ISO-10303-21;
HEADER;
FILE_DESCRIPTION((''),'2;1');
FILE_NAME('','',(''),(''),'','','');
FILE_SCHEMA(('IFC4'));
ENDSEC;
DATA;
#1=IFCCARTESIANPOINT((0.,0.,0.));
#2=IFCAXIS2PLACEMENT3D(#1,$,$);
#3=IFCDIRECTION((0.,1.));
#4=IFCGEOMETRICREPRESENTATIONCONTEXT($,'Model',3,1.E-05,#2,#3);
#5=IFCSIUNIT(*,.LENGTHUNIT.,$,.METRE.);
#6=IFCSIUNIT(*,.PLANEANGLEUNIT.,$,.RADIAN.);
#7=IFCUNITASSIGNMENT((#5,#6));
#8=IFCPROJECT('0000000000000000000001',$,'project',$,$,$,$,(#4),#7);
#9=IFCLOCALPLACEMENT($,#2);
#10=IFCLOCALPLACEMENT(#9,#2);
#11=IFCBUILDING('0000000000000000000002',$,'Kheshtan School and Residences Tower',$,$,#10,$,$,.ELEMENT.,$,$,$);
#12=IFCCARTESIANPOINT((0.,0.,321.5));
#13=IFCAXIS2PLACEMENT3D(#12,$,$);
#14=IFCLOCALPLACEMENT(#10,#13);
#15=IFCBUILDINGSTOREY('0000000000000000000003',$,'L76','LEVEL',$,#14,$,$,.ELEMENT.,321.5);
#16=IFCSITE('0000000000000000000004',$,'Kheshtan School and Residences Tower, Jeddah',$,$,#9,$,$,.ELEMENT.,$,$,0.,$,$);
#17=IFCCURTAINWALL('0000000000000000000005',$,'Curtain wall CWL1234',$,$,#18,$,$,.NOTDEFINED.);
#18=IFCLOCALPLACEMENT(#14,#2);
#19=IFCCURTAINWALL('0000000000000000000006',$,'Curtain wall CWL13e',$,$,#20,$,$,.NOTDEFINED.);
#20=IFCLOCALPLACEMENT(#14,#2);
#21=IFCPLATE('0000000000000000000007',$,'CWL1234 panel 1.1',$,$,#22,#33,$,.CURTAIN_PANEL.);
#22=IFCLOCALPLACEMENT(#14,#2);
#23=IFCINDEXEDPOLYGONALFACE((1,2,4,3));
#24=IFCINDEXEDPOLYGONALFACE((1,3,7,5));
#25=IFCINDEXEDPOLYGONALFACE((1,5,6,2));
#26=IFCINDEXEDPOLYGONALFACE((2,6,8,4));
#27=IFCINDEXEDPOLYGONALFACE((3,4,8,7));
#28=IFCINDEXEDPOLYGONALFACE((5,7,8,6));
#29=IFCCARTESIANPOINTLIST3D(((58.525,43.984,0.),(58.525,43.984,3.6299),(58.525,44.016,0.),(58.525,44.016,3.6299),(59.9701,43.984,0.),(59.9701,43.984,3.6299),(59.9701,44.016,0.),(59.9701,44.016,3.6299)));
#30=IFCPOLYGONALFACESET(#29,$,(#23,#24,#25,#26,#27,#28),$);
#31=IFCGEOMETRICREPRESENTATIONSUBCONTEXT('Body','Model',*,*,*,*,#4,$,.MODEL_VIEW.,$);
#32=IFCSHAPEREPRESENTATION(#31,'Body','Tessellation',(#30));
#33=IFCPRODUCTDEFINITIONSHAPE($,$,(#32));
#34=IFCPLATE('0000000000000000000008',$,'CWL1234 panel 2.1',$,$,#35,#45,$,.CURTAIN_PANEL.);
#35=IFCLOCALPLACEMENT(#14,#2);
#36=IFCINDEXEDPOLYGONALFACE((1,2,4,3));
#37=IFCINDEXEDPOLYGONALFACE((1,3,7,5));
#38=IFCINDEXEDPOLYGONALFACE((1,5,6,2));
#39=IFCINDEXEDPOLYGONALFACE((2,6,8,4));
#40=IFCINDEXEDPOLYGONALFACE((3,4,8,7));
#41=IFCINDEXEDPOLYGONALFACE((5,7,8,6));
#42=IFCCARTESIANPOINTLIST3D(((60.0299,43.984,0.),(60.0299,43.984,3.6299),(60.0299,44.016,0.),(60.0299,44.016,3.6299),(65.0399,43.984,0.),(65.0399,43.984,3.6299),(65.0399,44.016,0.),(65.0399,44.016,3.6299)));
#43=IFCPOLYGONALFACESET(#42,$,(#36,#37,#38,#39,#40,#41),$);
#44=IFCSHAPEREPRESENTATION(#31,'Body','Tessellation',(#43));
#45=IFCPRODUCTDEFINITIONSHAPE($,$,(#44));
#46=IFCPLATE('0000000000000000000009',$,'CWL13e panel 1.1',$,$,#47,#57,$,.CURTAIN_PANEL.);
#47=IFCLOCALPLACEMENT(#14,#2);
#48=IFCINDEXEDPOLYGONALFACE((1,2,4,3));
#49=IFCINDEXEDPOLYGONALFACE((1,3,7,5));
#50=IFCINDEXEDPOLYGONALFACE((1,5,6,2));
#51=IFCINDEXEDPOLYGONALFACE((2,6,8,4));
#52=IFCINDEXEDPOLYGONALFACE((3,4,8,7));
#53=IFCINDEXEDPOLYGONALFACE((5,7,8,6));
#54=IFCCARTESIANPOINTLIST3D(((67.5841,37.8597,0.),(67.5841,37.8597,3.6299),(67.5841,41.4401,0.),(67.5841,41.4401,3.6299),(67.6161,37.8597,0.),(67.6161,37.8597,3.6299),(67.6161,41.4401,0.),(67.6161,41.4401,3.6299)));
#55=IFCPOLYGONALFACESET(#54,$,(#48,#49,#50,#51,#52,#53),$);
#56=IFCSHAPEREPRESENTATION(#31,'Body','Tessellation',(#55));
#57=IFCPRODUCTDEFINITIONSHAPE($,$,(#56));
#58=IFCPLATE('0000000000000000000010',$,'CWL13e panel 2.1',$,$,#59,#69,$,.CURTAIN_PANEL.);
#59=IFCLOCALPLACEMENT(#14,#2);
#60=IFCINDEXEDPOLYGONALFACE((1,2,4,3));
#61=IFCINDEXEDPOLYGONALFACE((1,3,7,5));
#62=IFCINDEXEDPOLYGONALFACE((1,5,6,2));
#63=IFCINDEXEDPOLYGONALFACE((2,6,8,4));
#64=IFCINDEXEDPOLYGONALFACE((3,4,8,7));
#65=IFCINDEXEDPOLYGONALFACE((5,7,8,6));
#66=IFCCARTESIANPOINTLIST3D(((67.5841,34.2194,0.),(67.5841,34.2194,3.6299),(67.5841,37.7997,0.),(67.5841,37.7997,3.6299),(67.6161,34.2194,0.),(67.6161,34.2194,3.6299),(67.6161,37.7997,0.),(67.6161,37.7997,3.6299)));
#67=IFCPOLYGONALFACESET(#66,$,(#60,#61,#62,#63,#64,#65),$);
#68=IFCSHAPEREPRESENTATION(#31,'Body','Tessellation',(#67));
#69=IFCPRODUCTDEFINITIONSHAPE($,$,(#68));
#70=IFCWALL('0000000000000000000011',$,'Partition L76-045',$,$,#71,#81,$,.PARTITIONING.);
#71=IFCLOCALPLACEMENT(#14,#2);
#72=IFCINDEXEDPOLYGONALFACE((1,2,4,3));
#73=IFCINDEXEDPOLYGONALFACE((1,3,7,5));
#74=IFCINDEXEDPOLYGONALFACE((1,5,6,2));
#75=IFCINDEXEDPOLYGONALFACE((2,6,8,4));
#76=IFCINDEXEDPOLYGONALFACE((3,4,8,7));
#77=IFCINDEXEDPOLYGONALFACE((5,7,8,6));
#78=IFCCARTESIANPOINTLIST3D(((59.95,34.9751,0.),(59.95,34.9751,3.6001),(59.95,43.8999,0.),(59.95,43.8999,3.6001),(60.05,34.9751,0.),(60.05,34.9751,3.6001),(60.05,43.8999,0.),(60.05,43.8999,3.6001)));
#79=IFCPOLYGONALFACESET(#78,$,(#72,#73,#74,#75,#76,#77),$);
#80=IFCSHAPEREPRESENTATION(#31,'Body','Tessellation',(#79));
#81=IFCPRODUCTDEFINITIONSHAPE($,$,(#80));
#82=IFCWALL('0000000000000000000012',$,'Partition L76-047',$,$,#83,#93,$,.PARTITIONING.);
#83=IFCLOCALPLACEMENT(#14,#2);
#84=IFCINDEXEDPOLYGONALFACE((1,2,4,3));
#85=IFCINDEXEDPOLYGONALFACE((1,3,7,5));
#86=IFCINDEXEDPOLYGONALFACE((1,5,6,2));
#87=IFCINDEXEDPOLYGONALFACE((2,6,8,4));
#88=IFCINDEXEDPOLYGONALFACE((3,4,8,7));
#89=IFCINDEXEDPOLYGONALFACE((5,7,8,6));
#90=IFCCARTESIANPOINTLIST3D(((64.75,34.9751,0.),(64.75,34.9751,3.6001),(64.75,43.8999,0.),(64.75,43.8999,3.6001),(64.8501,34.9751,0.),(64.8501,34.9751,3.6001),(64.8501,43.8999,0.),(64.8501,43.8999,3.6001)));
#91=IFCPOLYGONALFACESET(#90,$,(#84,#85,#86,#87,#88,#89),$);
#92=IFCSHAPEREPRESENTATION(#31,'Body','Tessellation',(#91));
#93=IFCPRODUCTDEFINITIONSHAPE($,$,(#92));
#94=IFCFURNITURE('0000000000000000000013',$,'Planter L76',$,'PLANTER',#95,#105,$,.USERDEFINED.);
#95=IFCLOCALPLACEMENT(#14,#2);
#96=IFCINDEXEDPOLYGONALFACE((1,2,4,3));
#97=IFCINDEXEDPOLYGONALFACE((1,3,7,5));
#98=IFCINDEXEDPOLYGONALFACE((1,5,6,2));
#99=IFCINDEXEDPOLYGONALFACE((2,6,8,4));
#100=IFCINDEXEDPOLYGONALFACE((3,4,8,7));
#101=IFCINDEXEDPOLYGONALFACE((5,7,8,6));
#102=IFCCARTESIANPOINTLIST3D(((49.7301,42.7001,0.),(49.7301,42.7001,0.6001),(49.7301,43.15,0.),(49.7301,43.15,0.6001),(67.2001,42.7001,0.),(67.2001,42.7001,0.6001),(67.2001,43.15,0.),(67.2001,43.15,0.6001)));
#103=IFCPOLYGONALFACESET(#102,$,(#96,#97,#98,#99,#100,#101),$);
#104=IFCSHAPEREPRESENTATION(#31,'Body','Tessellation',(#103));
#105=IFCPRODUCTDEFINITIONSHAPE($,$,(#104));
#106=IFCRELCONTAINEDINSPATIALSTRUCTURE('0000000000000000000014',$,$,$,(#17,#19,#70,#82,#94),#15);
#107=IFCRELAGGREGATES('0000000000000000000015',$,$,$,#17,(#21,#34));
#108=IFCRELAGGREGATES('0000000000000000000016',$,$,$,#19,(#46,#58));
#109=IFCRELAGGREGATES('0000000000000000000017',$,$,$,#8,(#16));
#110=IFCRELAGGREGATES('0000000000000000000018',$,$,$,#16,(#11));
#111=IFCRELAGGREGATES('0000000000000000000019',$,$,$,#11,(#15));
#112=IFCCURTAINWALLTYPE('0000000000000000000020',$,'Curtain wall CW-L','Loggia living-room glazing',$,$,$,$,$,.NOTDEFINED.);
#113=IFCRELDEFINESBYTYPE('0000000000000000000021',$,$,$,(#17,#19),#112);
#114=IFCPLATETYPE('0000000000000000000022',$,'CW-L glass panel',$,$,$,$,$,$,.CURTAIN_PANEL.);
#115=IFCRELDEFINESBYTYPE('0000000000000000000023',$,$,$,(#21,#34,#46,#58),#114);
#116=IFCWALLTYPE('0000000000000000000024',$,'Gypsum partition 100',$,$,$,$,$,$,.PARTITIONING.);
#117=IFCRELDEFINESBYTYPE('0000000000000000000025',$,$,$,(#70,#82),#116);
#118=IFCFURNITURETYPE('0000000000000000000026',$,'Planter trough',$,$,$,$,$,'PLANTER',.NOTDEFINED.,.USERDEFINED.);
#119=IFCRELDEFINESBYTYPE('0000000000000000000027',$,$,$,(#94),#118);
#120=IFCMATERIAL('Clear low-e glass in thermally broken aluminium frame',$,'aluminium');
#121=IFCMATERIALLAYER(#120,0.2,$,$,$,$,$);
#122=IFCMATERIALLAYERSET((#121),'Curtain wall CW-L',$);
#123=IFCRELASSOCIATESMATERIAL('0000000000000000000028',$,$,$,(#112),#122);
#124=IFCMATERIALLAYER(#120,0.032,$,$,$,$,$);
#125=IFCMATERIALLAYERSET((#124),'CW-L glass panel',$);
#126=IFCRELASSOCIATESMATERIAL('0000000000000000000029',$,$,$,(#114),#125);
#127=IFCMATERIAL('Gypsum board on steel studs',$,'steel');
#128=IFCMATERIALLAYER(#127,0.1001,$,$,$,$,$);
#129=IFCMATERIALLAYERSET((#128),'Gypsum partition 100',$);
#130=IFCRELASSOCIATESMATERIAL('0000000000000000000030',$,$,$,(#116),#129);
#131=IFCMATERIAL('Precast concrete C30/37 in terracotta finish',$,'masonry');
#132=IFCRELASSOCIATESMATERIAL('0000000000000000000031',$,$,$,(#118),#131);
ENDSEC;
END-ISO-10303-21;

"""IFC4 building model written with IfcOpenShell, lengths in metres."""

from ifc_helpers import new_model, si_unit, direction, frame, frame_2d, origin, origin_2d, place, context, subcontext, project, spatial, rectangle, extrude, material, layer, layer_set, type_object, element, aggregate, save


model = new_model("IFC4")

# Units and contexts
model_context = context("Model", 3, precision=1e-05, world=origin(), true_north=direction((0.0, 1.0)))
body_context = subcontext(model_context, "Body", "Model", "MODEL_VIEW")
ifc_project = project(units=[si_unit("LENGTHUNIT", "METRE"), si_unit("PLANEANGLEUNIT", "RADIAN")], contexts=[model_context])

# Site, building, storey
site_placement = place(None, origin())
site = spatial("IfcSite", under=ifc_project, at=site_placement, Name="Kheshtan School and Residences Tower, Jeddah", CompositionType="ELEMENT", RefElevation=0.0)
building_placement = place(site_placement, origin())
building = spatial("IfcBuilding", under=site, at=building_placement, Name="Kheshtan School and Residences Tower", CompositionType="ELEMENT")
storey_placement = place(building_placement, frame((0.0, 0.0, 321.5)))
storey = spatial("IfcBuildingStorey", under=building, at=storey_placement, Name="L76", Description="LEVEL", CompositionType="ELEMENT", Elevation=321.5)

# Curtain walls
ifc_material_1 = material(Name="Clear low-e glass in thermally broken aluminium frame", Category="aluminium")
ifc_layer_1 = layer(ifc_material_1, 0.2)
ifc_layer_set_1 = layer_set([ifc_layer_1], Name="Curtain wall CW-L")
curtain_wall_type = type_object("IfcCurtainWallType", Name="Curtain wall CW-L", Description="Loggia living-room glazing", PredefinedType="NOTDEFINED", material=ifc_layer_set_1)
curtain_wall_1_placement = place(storey_placement, origin())
curtain_wall_1 = element("IfcCurtainWall", 1, at=curtain_wall_1_placement, inside=storey, type_object=curtain_wall_type, Name="Curtain wall CWL1234", PredefinedType="NOTDEFINED")
curtain_wall_2_placement = place(storey_placement, origin())
curtain_wall_2 = element("IfcCurtainWall", 2, at=curtain_wall_2_placement, inside=storey, type_object=curtain_wall_type, Name="Curtain wall CWL13e", PredefinedType="NOTDEFINED")

# Plates
ifc_layer_2 = layer(ifc_material_1, 0.032)
ifc_layer_set_2 = layer_set([ifc_layer_2], Name="CW-L glass panel")
plate_type = type_object("IfcPlateType", Name="CW-L glass panel", PredefinedType="CURTAIN_PANEL", material=ifc_layer_set_2)
plate_1_placement = place(storey_placement, frame((59.2476, 44.0, 0.0), z_axis=(0.0, 0.0, 1.0), x_axis=(1.0, 0.0, 0.0)))
plate_1 = element("IfcPlate", 3, at=plate_1_placement, type_object=plate_type, Name="CWL1234 panel 1.1", PredefinedType="CURTAIN_PANEL", context=body_context, shape_type="SweptSolid", body=[
    extrude(rectangle(XDim=1.4451, YDim=0.032, at=origin_2d()), origin(), (0.0, 0.0, 1.0), 3.6299),
])
plate_2_placement = place(storey_placement, frame((62.5349, 44.0, 0.0), z_axis=(0.0, 0.0, 1.0), x_axis=(1.0, 0.0, 0.0)))
plate_2 = element("IfcPlate", 4, at=plate_2_placement, type_object=plate_type, Name="CWL1234 panel 2.1", PredefinedType="CURTAIN_PANEL", context=body_context, shape_type="SweptSolid", body=[
    extrude(rectangle(XDim=5.01, YDim=0.032, at=origin_2d()), origin(), (0.0, 0.0, 1.0), 3.6299),
])
aggregate(curtain_wall_1, [plate_1, plate_2])
plate_3_placement = place(storey_placement, frame((67.6001, 39.6499, 0.0), z_axis=(0.0, 0.0, 1.0), x_axis=(0.0, -1.0, 0.0)))
plate_3 = element("IfcPlate", 5, at=plate_3_placement, type_object=plate_type, Name="CWL13e panel 1.1", PredefinedType="CURTAIN_PANEL", context=body_context, shape_type="SweptSolid", body=[
    extrude(rectangle(XDim=3.5803, YDim=0.032, at=origin_2d()), origin(), (0.0, 0.0, 1.0), 3.6299),
])
plate_4_placement = place(storey_placement, frame((67.6001, 36.0095, 0.0), z_axis=(0.0, 0.0, 1.0), x_axis=(0.0, -1.0, 0.0)))
plate_4 = element("IfcPlate", 6, at=plate_4_placement, type_object=plate_type, Name="CWL13e panel 2.1", PredefinedType="CURTAIN_PANEL", context=body_context, shape_type="SweptSolid", body=[
    extrude(rectangle(XDim=3.5803, YDim=0.032, at=origin_2d()), origin(), (0.0, 0.0, 1.0), 3.6299),
])
aggregate(curtain_wall_2, [plate_3, plate_4])

# Walls
ifc_material_2 = material(Name="Gypsum board on steel studs", Category="steel")
ifc_layer_3 = layer(ifc_material_2, 0.1001)
ifc_layer_set_3 = layer_set([ifc_layer_3], Name="Gypsum partition 100")
wall_type_1 = type_object("IfcWallType", Name="Gypsum partition 100", PredefinedType="PARTITIONING", material=ifc_layer_set_3)
for number, where, z_axis, x_axis, name in (
    (7, (60.0, 34.9751, 0.0), (0.0, 0.0, 1.0), (0.0, 1.0, 0.0), "Partition L76-045"),
    (8, (64.8, 34.9751, 0.0), (0.0, 0.0, 1.0), (0.0, 1.0, 0.0), "Partition L76-047"),
):
    element("IfcWall", number, at=place(storey_placement, frame(where, z_axis=z_axis, x_axis=x_axis)), inside=storey, type_object=wall_type_1, Name=name, PredefinedType="PARTITIONING", context=body_context, shape_type="SweptSolid", body=[
        extrude(rectangle(XDim=8.9248, YDim=0.1001, at=frame_2d((4.4624, 0.0))), origin(), (0.0, 0.0, 1.0), 3.6001),
    ])

# Furniture
ifc_material_3 = material(Name="Precast concrete C30/37 in terracotta finish", Category="masonry")
furniture_type = type_object("IfcFurnitureType", Name="Planter trough", ElementType="PLANTER", AssemblyPlace="NOTDEFINED", PredefinedType="USERDEFINED", material=ifc_material_3)
furniture_placement = place(storey_placement, frame((58.4651, 42.925, 0.0), z_axis=(0.0, 0.0, 1.0), x_axis=(1.0, 0.0, 0.0)))
element("IfcFurniture", 9, at=furniture_placement, inside=storey, type_object=furniture_type, Name="Planter L76", ObjectType="PLANTER", PredefinedType="USERDEFINED", context=body_context, shape_type="SweptSolid", body=[
    extrude(rectangle(XDim=17.47, YDim=0.45, at=origin_2d()), origin(), (0.0, 0.0, 1.0), 0.6001),
])

save(model, "model.ifc")
